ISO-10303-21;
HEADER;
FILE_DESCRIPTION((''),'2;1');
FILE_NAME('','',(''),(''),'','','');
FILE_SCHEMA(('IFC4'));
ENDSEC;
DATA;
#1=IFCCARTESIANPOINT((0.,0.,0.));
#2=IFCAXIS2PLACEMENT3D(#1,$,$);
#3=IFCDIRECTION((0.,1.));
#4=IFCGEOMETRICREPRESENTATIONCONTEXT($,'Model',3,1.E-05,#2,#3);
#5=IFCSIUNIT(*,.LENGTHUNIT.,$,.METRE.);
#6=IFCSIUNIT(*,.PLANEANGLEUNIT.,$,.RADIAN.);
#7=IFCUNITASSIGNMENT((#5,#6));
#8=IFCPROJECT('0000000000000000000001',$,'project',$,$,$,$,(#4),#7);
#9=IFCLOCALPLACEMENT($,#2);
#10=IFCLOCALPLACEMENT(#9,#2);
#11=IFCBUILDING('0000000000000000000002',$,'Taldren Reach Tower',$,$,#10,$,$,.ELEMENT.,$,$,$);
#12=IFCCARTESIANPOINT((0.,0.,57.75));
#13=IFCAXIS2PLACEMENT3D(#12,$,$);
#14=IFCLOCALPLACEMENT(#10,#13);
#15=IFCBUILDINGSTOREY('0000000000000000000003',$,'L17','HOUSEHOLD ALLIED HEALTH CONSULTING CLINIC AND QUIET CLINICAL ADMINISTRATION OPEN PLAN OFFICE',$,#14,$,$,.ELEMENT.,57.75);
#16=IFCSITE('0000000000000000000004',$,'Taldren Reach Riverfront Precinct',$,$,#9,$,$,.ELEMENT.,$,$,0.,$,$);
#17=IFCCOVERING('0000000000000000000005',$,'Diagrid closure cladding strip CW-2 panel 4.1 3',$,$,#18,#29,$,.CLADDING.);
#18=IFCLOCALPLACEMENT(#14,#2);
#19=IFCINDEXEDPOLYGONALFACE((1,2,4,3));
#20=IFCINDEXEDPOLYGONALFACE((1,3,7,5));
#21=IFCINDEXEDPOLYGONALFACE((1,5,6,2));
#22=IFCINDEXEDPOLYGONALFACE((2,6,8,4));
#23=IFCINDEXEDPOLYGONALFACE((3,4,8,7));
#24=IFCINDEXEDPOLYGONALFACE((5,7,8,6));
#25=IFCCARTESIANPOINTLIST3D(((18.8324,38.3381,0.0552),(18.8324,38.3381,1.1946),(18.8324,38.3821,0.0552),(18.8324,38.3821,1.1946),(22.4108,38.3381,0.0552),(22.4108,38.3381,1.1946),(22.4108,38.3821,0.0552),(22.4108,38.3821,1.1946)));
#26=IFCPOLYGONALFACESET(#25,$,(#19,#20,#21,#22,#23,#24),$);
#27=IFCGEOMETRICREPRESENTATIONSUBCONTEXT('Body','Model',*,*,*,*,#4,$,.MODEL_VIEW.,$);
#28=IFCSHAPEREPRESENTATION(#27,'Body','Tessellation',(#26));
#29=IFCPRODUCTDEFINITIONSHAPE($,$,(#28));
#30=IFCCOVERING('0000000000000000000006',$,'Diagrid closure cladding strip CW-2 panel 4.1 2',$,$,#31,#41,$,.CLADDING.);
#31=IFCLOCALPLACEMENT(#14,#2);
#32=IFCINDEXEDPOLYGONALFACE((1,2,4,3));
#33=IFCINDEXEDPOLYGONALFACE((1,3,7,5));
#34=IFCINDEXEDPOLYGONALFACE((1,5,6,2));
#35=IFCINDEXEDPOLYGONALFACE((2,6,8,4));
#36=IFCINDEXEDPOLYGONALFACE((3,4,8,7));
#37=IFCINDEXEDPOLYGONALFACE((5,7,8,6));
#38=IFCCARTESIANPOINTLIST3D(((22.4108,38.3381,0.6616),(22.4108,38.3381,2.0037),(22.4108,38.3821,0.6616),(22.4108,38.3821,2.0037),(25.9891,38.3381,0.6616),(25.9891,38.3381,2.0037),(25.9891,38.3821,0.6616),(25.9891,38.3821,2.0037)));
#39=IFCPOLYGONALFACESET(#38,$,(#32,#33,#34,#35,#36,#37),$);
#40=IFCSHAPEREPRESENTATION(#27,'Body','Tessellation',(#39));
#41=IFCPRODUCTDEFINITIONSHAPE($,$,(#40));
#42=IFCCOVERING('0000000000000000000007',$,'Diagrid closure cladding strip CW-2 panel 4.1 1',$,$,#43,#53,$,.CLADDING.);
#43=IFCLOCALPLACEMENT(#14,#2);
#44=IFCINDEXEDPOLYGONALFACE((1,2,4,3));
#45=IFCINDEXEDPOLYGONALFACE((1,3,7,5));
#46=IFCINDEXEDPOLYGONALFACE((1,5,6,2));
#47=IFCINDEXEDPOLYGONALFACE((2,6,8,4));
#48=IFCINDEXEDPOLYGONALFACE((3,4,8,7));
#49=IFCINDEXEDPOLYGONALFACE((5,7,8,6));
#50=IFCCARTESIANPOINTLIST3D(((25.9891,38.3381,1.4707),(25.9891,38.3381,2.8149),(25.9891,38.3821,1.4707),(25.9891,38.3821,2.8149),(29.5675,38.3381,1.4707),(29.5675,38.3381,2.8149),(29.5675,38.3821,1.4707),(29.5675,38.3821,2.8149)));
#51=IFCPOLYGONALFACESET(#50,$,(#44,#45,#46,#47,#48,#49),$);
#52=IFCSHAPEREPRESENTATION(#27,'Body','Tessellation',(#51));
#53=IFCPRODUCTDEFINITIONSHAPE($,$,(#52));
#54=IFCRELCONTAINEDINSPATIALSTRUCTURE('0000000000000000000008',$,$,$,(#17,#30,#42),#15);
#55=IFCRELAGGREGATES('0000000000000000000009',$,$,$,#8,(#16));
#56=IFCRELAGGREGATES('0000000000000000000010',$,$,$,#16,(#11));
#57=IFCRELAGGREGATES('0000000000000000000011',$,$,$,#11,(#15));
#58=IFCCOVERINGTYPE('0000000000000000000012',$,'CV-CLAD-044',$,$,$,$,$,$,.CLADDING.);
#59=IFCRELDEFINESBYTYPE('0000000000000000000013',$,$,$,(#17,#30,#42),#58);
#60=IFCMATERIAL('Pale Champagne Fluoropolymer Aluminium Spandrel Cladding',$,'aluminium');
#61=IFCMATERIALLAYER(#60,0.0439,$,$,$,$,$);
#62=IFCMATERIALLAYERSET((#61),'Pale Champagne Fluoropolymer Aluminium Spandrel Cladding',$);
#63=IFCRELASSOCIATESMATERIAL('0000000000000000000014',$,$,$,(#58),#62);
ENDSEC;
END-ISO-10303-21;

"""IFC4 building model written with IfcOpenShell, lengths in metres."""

from ifc_helpers import new_model, si_unit, direction, frame, origin, origin_2d, place, context, subcontext, project, spatial, rectangle, extrude, source, transform, mapped, material, layer, layer_set, type_object, element, save


model = new_model("IFC4")

# Units and contexts
model_context = context("Model", 3, precision=1e-05, world=origin(), true_north=direction((0.0, 1.0)))
body_context = subcontext(model_context, "Body", "Model", "MODEL_VIEW")
ifc_project = project(units=[si_unit("LENGTHUNIT", "METRE"), si_unit("PLANEANGLEUNIT", "RADIAN")], contexts=[model_context])

# Site, building, storey
site_placement = place(None, origin())
site = spatial("IfcSite", under=ifc_project, at=site_placement, Name="Taldren Reach Riverfront Precinct", CompositionType="ELEMENT", RefElevation=0.0)
building_placement = place(site_placement, origin())
building = spatial("IfcBuilding", under=site, at=building_placement, Name="Taldren Reach Tower", CompositionType="ELEMENT")
storey_placement = place(building_placement, frame((0.0, 0.0, 57.75)))
storey = spatial("IfcBuildingStorey", under=building, at=storey_placement, Name="L17", Description="HOUSEHOLD ALLIED HEALTH CONSULTING CLINIC AND QUIET CLINICAL ADMINISTRATION OPEN PLAN OFFICE", CompositionType="ELEMENT", Elevation=57.75)

# Coverings
ifc_material_1 = material(Name="Pale Champagne Fluoropolymer Aluminium Spandrel Cladding", Category="aluminium")
ifc_layer_1 = layer(ifc_material_1, 0.0439)
ifc_layer_set_1 = layer_set([ifc_layer_1], Name="Pale Champagne Fluoropolymer Aluminium Spandrel Cladding")
covering_type = type_object("IfcCoveringType", Name="CV-CLAD-044", PredefinedType="CLADDING", material=ifc_layer_set_1)
shared_shape_1 = source(origin(), body_context, "Body", "SweptSolid", [
    extrude(rectangle(XDim=3.5784, YDim=0.0439, at=origin_2d()), origin(), (0.0, 0.0, 1.0), 1.1394),
])
covering_1_placement = place(storey_placement, frame((20.6216, 38.3601, 0.0552), z_axis=(0.0, 0.0, 1.0), x_axis=(-1.0, 0.0, 0.0)))
element("IfcCovering", 1, at=covering_1_placement, inside=storey, type_object=covering_type, Name="Diagrid closure cladding strip CW-2 panel 4.1 3", PredefinedType="CLADDING", context=body_context, shape_type="MappedRepresentation", body=[
    mapped(shared_shape_1, transform((0.0, 0.0, 0.0), scale=1.0)),
])
shared_shape_2 = source(origin(), body_context, "Body", "SweptSolid", [
    extrude(rectangle(XDim=3.5784, YDim=0.0439, at=origin_2d()), origin(), (0.0, 0.0, 1.0), 1.342),
])
covering_2_placement = place(storey_placement, frame((24.2, 38.3601, 0.6616), z_axis=(0.0, 0.0, 1.0), x_axis=(-1.0, 0.0, 0.0)))
element("IfcCovering", 2, at=covering_2_placement, inside=storey, type_object=covering_type, Name="Diagrid closure cladding strip CW-2 panel 4.1 2", PredefinedType="CLADDING", context=body_context, shape_type="MappedRepresentation", body=[
    mapped(shared_shape_2, transform((0.0, 0.0, 0.0), scale=1.0)),
])
shared_shape_3 = source(origin(), body_context, "Body", "SweptSolid", [
    extrude(rectangle(XDim=3.5784, YDim=0.0439, at=origin_2d()), origin(), (0.0, 0.0, 1.0), 1.3442),
])
covering_3_placement = place(storey_placement, frame((27.7783, 38.3601, 1.4707), z_axis=(0.0, 0.0, 1.0), x_axis=(-1.0, 0.0, 0.0)))
element("IfcCovering", 3, at=covering_3_placement, inside=storey, type_object=covering_type, Name="Diagrid closure cladding strip CW-2 panel 4.1 1", PredefinedType="CLADDING", context=body_context, shape_type="MappedRepresentation", body=[
    mapped(shared_shape_3, transform((0.0, 0.0, 0.0), scale=1.0)),
])

save(model, "model.ifc")
